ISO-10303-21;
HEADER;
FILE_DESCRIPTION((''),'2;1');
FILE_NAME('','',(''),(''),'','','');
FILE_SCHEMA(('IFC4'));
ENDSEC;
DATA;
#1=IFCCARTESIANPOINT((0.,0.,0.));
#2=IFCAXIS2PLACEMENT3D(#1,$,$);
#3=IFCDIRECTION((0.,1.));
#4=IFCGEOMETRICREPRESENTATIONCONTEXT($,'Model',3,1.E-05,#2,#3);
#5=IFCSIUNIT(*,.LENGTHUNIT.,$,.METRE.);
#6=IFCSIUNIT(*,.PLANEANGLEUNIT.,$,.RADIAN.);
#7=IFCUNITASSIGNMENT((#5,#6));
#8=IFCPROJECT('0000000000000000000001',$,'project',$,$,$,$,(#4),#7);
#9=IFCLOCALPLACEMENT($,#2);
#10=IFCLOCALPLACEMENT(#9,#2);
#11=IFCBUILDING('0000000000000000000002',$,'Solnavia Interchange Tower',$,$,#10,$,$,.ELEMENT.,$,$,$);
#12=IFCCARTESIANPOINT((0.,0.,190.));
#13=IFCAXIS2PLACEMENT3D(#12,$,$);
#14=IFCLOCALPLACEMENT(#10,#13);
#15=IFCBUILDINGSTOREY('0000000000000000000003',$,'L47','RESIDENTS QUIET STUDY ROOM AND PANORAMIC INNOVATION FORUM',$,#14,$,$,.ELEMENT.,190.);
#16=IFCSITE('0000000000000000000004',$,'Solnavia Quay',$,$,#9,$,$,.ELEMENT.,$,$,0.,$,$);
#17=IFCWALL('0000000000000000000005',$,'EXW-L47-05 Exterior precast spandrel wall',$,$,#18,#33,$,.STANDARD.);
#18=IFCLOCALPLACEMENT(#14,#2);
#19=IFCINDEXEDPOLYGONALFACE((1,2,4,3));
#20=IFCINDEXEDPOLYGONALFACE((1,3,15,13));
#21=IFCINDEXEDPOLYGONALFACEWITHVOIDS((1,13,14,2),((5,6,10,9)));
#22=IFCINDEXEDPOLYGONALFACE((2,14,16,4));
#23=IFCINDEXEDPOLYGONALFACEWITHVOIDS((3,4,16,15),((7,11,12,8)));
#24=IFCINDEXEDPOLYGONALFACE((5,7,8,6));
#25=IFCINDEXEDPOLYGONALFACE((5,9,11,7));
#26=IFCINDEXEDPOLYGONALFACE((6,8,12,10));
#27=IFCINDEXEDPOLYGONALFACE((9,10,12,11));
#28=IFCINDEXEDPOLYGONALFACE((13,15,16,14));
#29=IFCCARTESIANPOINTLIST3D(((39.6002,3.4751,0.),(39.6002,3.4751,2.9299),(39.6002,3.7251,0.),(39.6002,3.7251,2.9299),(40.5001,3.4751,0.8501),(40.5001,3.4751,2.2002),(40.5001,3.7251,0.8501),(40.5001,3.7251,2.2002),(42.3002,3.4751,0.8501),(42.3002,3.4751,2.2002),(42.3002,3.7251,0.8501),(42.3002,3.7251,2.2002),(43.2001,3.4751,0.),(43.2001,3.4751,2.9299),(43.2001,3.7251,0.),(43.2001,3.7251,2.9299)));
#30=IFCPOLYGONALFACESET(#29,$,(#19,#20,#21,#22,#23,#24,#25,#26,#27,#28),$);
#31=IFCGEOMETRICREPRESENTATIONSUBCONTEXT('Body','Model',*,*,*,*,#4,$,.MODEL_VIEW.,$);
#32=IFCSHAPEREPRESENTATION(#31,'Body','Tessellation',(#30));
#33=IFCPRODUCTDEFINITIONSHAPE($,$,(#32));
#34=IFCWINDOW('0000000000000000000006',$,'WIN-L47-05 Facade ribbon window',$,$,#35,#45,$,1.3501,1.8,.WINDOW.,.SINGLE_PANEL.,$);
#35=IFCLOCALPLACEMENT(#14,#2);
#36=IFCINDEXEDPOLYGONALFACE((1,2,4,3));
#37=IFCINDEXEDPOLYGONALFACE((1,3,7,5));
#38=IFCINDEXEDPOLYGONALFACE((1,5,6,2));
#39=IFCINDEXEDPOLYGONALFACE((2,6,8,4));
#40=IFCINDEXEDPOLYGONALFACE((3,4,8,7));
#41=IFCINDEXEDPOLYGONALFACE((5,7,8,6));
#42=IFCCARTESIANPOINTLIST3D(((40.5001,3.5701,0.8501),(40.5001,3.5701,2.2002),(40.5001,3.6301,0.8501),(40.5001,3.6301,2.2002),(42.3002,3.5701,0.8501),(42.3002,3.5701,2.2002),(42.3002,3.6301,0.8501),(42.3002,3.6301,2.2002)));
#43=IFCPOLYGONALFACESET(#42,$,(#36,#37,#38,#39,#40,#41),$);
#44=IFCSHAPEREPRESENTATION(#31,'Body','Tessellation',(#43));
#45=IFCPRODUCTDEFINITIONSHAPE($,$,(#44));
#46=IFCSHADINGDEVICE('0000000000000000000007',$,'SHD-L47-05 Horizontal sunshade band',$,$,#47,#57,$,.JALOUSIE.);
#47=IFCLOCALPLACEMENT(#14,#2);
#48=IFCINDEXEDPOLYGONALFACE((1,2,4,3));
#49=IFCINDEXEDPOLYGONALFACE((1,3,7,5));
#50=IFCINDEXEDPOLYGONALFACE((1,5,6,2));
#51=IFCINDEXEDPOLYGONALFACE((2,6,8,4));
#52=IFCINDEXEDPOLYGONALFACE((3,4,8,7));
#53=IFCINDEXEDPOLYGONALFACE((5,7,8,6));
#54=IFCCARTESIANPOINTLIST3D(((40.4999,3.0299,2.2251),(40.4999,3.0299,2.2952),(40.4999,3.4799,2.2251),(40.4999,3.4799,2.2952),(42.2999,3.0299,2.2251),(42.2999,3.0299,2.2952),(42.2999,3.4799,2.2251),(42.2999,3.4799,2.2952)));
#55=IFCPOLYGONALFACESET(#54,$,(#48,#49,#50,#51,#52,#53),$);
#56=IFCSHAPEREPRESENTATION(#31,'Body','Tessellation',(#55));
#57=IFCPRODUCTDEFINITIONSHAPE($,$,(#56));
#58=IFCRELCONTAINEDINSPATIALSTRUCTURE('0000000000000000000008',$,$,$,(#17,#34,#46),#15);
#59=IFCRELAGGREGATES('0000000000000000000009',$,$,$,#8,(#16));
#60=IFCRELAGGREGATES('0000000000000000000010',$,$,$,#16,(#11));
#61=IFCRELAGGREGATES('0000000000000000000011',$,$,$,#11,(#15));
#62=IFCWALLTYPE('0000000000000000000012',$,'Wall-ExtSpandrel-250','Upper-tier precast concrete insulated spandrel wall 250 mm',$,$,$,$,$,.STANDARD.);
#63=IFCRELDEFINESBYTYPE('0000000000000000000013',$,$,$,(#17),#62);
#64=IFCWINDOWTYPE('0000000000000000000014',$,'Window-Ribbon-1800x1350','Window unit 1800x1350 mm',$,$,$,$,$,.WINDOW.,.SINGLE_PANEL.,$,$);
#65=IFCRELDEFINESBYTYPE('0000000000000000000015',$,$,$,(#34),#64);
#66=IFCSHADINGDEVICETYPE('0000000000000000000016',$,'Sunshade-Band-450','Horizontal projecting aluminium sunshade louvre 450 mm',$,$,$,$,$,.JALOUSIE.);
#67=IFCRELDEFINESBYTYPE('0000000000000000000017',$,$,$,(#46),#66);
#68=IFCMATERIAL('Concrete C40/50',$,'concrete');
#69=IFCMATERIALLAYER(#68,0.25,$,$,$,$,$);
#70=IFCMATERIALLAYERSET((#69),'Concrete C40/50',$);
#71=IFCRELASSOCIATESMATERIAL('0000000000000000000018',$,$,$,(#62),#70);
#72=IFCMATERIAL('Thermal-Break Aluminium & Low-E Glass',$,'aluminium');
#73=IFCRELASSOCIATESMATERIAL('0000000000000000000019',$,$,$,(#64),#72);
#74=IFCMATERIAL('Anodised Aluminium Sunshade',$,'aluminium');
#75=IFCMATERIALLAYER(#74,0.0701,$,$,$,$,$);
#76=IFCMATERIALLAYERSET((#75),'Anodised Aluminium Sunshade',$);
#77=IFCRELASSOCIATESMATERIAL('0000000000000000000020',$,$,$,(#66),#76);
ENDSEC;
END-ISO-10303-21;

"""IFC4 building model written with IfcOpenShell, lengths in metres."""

from ifc_helpers import new_model, si_unit, direction, frame, frame_2d, origin, origin_2d, place, context, subcontext, project, spatial, rectangle, extrude, material, layer, layer_set, type_object, element, fill, save


model = new_model("IFC4")

# Units and contexts
model_context = context("Model", 3, precision=1e-05, world=origin(), true_north=direction((0.0, 1.0)))
body_context = subcontext(model_context, "Body", "Model", "MODEL_VIEW")
ifc_project = project(units=[si_unit("LENGTHUNIT", "METRE"), si_unit("PLANEANGLEUNIT", "RADIAN")], contexts=[model_context])

# Site, building, storey
site_placement = place(None, origin())
site = spatial("IfcSite", under=ifc_project, at=site_placement, Name="Solnavia Quay", CompositionType="ELEMENT", RefElevation=0.0)
building_placement = place(site_placement, origin())
building = spatial("IfcBuilding", under=site, at=building_placement, Name="Solnavia Interchange Tower", CompositionType="ELEMENT")
storey_placement = place(building_placement, frame((0.0, 0.0, 190.0)))
storey = spatial("IfcBuildingStorey", under=building, at=storey_placement, Name="L47", Description="RESIDENTS QUIET STUDY ROOM AND PANORAMIC INNOVATION FORUM", CompositionType="ELEMENT", Elevation=190.0)

# Shared definitions
ifc_material_1 = material(Name="Concrete C40/50", Category="concrete")
ifc_layer_1 = layer(ifc_material_1, 0.25)
ifc_layer_set_1 = layer_set([ifc_layer_1], Name="Concrete C40/50")
wall_type = type_object("IfcWallType", Name="Wall-ExtSpandrel-250", Description="Upper-tier precast concrete insulated spandrel wall 250 mm", PredefinedType="STANDARD", material=ifc_layer_set_1)

# Wall, opening, window
ifc_material_2 = material(Name="Thermal-Break Aluminium & Low-E Glass", Category="aluminium")
window_type = type_object("IfcWindowType", Name="Window-Ribbon-1800x1350", Description="Window unit 1800x1350 mm", PartitioningType="SINGLE_PANEL", PredefinedType="WINDOW", material=ifc_material_2)
wall_1_placement = place(storey_placement, frame((43.2, 3.6001, 0.0), z_axis=(0.0, 0.0, 1.0), x_axis=(-1.0, 0.0, 0.0)))
wall_1 = element("IfcWall", 1, at=wall_1_placement, inside=storey, type_object=wall_type, Name="EXW-L47-05 Exterior precast spandrel wall", PredefinedType="STANDARD", context=body_context, shape_type="SweptSolid", body=[
    extrude(rectangle(XDim=3.5999, YDim=0.25, at=frame_2d((1.7998, 0.0))), origin(), (0.0, 0.0, 1.0), 2.9299),
])
opening_1_placement = place(wall_1_placement, frame((0.8999, 0.0, 0.8501)))
opening_1 = element("IfcOpeningElement", 2, at=opening_1_placement, cuts=wall_1, PredefinedType="OPENING", context=body_context, shape_type="SweptSolid", body=[
    extrude(rectangle(XDim=1.8, YDim=1.3501, at=frame_2d((0.8999, 0.675))), frame((0.0, 0.135, 0.0), z_axis=(0.0, -1.0, 0.0), x_axis=(1.0, 0.0, 0.0)), (0.0, 0.0, 1.0), 0.27),
])
window_1_placement = place(opening_1_placement, origin())
window_1 = element("IfcWindow", 3, at=window_1_placement, inside=storey, type_object=window_type, Name="WIN-L47-05 Facade ribbon window", OverallHeight=1.3501, OverallWidth=1.8, PartitioningType="SINGLE_PANEL", PredefinedType="WINDOW", context=body_context, shape_type="SweptSolid", body=[
    extrude(rectangle(XDim=1.8, YDim=1.3501, at=frame_2d((0.8999, 0.675))), frame((0.0, 0.03, 0.0), z_axis=(0.0, -1.0, 0.0), x_axis=(1.0, 0.0, 0.0)), (0.0, 0.0, 1.0), 0.0601),
])
fill(opening_1, window_1)

# Shading device
ifc_material_3 = material(Name="Anodised Aluminium Sunshade", Category="aluminium")
ifc_layer_2 = layer(ifc_material_3, 0.0701)
ifc_layer_set_2 = layer_set([ifc_layer_2], Name="Anodised Aluminium Sunshade")
shading_device_type = type_object("IfcShadingDeviceType", Name="Sunshade-Band-450", Description="Horizontal projecting aluminium sunshade louvre 450 mm", PredefinedType="JALOUSIE", material=ifc_layer_set_2)
shading_device_placement = place(storey_placement, frame((41.3999, 3.2549, 2.2251), z_axis=(0.0, 0.0, 1.0), x_axis=(-1.0, 0.0, 0.0)))
element("IfcShadingDevice", 4, at=shading_device_placement, inside=storey, type_object=shading_device_type, Name="SHD-L47-05 Horizontal sunshade band", PredefinedType="JALOUSIE", context=body_context, shape_type="SweptSolid", body=[
    extrude(rectangle(XDim=1.8, YDim=0.45, at=origin_2d()), origin(), (0.0, 0.0, 1.0), 0.0701),
])

save(model, "model.ifc")
